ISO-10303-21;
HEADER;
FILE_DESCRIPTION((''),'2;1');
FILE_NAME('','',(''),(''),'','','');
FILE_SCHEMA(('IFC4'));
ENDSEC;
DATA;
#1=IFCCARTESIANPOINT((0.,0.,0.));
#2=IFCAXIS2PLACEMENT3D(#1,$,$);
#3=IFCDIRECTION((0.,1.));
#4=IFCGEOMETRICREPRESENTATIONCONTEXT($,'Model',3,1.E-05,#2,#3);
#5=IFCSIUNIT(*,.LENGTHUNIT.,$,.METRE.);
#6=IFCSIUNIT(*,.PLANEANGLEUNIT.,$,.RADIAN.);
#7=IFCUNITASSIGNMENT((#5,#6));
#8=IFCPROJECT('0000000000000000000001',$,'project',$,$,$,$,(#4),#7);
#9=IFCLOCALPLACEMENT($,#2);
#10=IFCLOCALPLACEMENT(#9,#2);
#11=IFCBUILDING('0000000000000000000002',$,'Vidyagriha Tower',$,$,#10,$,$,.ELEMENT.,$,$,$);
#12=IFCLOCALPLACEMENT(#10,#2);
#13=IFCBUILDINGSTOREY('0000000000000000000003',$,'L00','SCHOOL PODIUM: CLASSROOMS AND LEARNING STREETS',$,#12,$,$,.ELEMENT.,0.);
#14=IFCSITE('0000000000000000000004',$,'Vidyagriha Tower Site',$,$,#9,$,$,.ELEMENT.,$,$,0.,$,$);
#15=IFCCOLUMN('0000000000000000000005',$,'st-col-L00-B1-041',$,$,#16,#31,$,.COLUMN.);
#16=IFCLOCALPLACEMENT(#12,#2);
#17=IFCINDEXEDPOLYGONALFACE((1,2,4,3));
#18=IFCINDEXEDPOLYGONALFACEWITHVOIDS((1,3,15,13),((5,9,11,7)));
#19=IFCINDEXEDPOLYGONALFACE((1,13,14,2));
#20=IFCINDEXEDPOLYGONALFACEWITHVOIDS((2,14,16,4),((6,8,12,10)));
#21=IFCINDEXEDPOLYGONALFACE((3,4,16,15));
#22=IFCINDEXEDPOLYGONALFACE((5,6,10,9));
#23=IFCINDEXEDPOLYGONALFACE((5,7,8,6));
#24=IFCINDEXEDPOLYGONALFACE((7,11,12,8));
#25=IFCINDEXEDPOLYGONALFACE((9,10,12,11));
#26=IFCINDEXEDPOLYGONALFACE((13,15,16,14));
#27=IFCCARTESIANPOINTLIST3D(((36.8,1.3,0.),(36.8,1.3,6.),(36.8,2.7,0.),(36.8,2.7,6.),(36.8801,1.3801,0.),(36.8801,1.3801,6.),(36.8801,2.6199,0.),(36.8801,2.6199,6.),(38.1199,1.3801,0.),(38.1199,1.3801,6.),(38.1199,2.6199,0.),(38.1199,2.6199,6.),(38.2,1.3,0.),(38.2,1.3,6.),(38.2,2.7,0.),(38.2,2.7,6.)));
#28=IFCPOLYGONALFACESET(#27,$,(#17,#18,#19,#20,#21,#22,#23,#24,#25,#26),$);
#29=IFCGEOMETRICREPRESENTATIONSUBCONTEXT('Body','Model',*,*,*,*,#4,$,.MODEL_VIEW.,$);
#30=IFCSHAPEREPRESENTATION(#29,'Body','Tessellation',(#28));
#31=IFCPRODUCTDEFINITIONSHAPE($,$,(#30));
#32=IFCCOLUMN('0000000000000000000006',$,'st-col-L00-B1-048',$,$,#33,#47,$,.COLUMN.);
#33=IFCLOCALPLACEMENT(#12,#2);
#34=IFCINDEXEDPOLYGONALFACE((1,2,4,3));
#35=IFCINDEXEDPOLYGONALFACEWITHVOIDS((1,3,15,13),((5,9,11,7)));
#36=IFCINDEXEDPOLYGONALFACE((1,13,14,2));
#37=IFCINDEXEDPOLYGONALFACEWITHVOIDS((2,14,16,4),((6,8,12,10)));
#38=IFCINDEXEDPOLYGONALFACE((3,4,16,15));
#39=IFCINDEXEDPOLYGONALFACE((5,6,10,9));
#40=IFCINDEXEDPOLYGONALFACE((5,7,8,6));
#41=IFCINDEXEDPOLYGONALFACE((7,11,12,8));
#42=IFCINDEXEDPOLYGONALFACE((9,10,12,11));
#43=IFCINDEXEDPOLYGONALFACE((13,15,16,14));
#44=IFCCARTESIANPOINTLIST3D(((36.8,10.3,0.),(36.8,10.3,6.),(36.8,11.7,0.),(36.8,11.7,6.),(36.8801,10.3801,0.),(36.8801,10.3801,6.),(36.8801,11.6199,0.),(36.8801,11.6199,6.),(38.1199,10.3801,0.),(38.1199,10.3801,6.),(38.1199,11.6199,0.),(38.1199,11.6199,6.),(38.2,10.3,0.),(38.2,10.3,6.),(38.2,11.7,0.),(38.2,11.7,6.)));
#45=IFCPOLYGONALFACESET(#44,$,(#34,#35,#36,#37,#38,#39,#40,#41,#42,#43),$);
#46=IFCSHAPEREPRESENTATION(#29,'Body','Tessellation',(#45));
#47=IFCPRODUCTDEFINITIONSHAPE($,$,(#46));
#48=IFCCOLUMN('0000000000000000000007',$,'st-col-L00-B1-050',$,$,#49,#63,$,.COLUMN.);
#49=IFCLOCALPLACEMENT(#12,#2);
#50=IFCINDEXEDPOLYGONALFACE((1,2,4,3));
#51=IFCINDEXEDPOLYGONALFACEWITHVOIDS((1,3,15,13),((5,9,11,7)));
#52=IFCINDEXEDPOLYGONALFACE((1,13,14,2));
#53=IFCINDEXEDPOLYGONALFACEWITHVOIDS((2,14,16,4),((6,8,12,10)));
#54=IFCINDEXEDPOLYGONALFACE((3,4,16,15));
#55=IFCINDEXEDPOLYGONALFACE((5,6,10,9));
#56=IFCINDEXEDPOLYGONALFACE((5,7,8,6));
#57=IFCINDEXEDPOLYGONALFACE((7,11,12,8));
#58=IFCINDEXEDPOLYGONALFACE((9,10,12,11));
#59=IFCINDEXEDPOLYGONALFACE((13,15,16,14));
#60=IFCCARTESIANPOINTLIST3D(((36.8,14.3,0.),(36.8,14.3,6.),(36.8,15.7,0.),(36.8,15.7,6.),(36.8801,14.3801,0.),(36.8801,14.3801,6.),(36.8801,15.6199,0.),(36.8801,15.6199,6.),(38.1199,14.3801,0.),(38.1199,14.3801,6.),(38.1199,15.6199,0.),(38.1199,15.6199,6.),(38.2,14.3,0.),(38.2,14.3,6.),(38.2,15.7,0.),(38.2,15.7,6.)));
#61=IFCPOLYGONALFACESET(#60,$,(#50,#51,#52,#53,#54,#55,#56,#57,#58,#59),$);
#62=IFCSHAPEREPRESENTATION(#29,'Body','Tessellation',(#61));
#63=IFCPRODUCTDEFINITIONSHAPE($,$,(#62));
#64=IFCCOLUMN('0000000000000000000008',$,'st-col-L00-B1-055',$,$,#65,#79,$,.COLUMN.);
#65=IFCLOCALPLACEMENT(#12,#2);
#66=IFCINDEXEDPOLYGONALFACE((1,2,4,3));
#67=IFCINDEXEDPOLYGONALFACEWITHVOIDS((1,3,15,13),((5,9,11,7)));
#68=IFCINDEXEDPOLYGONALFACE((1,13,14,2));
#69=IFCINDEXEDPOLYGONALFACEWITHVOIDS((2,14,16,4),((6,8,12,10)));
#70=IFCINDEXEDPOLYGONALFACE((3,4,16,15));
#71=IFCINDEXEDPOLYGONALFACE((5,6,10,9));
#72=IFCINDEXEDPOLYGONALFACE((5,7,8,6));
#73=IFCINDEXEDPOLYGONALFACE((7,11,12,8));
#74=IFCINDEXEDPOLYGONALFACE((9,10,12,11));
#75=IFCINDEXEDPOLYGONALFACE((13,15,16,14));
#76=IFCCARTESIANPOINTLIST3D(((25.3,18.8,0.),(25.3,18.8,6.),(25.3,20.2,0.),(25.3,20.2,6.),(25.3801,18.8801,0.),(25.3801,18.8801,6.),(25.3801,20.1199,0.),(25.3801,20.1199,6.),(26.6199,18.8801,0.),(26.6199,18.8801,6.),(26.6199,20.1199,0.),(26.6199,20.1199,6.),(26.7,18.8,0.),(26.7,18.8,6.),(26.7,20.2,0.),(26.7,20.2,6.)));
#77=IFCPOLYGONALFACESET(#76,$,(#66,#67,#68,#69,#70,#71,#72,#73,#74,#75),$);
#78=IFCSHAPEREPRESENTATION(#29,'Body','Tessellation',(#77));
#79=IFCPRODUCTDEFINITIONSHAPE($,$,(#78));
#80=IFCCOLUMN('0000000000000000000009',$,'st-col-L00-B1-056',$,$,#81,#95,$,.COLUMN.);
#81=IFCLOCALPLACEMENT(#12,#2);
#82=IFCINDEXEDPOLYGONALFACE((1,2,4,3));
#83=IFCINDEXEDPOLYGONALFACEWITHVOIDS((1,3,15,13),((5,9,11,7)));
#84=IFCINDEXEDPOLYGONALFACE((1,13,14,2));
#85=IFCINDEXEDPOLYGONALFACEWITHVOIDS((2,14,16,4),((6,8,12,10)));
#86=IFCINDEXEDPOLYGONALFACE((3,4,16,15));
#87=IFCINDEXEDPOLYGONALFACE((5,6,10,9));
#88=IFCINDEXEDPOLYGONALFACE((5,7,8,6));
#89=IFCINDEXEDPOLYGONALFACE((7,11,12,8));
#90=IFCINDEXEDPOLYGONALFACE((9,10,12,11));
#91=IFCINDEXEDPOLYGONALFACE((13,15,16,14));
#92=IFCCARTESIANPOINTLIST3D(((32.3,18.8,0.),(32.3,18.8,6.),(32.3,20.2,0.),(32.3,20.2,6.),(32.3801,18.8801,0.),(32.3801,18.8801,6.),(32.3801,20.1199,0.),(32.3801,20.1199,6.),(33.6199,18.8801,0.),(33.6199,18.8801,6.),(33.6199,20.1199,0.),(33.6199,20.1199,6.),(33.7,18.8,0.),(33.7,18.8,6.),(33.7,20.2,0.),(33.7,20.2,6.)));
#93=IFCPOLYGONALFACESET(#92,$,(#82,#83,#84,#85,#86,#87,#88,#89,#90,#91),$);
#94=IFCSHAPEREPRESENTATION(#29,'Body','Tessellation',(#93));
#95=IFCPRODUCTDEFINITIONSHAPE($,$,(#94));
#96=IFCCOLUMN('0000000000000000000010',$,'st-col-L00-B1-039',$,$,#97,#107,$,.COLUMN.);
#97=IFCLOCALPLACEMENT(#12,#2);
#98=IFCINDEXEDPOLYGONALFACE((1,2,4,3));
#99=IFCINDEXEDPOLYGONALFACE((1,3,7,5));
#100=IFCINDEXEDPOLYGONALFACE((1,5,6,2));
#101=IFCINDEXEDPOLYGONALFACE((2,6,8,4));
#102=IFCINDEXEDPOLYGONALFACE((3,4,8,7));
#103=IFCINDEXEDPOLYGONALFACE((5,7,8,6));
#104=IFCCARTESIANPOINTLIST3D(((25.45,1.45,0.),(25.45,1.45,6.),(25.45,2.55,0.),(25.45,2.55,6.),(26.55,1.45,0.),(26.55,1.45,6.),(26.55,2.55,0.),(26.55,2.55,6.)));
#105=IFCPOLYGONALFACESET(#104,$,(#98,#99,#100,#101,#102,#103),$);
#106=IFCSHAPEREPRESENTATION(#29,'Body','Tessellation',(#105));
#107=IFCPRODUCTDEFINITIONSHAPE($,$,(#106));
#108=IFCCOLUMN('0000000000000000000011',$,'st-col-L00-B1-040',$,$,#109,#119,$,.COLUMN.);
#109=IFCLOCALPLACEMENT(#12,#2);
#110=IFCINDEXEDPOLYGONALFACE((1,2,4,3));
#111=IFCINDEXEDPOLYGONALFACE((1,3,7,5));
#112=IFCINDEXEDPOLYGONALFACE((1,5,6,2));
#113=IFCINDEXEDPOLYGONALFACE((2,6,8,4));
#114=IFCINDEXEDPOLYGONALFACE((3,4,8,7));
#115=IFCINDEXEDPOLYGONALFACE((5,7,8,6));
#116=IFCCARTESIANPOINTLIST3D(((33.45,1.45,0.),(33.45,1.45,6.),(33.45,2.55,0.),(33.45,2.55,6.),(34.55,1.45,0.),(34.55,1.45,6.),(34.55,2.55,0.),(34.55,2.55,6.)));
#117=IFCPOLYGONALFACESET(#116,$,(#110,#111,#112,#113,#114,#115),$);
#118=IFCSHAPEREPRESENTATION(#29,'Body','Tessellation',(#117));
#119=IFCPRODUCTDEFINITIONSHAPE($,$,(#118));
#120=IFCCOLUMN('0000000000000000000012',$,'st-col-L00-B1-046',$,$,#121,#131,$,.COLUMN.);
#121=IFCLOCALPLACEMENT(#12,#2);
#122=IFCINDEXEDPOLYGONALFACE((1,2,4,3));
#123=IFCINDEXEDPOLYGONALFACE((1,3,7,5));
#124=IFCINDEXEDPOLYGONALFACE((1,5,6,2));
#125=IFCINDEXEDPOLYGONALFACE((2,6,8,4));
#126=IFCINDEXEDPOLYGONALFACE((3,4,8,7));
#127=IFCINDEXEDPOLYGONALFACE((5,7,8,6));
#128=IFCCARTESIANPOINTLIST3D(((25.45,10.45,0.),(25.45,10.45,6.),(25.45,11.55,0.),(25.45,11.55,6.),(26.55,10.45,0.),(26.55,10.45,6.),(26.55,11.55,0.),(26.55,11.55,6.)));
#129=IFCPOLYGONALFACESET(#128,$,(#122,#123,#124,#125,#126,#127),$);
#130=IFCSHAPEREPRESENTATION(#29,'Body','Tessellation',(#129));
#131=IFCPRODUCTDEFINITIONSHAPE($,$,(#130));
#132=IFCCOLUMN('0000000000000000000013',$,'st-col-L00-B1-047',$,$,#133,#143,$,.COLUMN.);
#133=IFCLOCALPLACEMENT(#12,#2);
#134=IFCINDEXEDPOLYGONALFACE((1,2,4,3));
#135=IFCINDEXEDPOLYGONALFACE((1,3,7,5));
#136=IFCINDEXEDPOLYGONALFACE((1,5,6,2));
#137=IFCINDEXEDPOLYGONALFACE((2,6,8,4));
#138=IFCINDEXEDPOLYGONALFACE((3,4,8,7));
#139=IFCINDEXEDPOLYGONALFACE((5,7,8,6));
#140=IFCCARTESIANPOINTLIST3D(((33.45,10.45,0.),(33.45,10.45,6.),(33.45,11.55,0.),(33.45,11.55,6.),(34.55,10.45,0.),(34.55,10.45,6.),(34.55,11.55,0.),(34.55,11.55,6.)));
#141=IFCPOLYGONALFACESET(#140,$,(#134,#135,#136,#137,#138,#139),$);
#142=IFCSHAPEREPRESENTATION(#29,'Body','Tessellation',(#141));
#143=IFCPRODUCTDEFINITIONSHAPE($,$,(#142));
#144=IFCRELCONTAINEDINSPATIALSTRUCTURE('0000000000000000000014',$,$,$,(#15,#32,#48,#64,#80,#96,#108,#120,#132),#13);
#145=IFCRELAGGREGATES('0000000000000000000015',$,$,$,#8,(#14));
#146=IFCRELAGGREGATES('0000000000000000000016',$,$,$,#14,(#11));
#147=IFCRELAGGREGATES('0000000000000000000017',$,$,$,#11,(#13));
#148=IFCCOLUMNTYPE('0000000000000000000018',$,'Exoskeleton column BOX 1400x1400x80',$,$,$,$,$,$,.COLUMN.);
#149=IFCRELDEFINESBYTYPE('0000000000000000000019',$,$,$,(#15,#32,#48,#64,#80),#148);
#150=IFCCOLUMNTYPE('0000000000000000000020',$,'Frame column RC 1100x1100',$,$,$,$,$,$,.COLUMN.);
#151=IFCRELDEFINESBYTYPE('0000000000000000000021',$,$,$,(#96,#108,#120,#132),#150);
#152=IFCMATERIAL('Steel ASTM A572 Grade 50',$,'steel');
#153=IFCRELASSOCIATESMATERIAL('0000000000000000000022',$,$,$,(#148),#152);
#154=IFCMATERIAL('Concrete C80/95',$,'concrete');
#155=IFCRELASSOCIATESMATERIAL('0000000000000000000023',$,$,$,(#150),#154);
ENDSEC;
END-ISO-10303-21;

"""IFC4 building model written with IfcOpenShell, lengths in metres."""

from ifc_helpers import new_model, si_unit, direction, frame, origin, origin_2d, place, context, subcontext, project, spatial, rectangle, hollow_rectangle, extrude, material, material_profile, profile_set, type_object, element, save


model = new_model("IFC4")

# Units and contexts
model_context = context("Model", 3, precision=1e-05, world=origin(), true_north=direction((0.0, 1.0)))
body_context = subcontext(model_context, "Body", "Model", "MODEL_VIEW")
ifc_project = project(units=[si_unit("LENGTHUNIT", "METRE"), si_unit("PLANEANGLEUNIT", "RADIAN")], contexts=[model_context])

# Site, building, storey
site_placement = place(None, origin())
site = spatial("IfcSite", under=ifc_project, at=site_placement, Name="Vidyagriha Tower Site", CompositionType="ELEMENT", RefElevation=0.0)
building_placement = place(site_placement, origin())
building = spatial("IfcBuilding", under=site, at=building_placement, Name="Vidyagriha Tower", CompositionType="ELEMENT")
storey_placement = place(building_placement, origin())
storey = spatial("IfcBuildingStorey", under=building, at=storey_placement, Name="L00", Description="SCHOOL PODIUM: CLASSROOMS AND LEARNING STREETS", CompositionType="ELEMENT", Elevation=0.0)

# Columns
ifc_material_1 = material(Name="Steel ASTM A572 Grade 50", Category="steel")
ifc_material_profile_1 = material_profile(ifc_material_1, hollow_rectangle(XDim=1.3999, YDim=1.3999, WallThickness=0.0801, at=origin_2d()), Name="BOX 1400x1400x80")
ifc_profile_set_1 = profile_set([ifc_material_profile_1], Name="Steel ASTM A572 Grade 50")
column_type_1 = type_object("IfcColumnType", Name="Exoskeleton column BOX 1400x1400x80", PredefinedType="COLUMN", material=ifc_profile_set_1)
for number, where, name in (
    (1, (37.5, 2.0, 0.0), "st-col-L00-B1-041"),
    (2, (37.5, 11.0, 0.0), "st-col-L00-B1-048"),
    (3, (37.5, 15.0, 0.0), "st-col-L00-B1-050"),
    (4, (26.0, 19.5, 0.0), "st-col-L00-B1-055"),
    (5, (33.0, 19.5, 0.0), "st-col-L00-B1-056"),
):
    element("IfcColumn", number, at=place(storey_placement, frame(where)), inside=storey, type_object=column_type_1, Name=name, PredefinedType="COLUMN", context=body_context, shape_type="SweptSolid", body=[
        extrude(hollow_rectangle(XDim=1.3999, YDim=1.3999, WallThickness=0.0801, at=origin_2d()), origin(), (0.0, 0.0, 1.0), 6.0),
    ])
ifc_material_2 = material(Name="Concrete C80/95", Category="concrete")
ifc_material_profile_2 = material_profile(ifc_material_2, rectangle(XDim=1.1001, YDim=1.1001, at=origin_2d()), Name="RC 1100x1100")
ifc_profile_set_2 = profile_set([ifc_material_profile_2], Name="Concrete C80/95")
column_type_2 = type_object("IfcColumnType", Name="Frame column RC 1100x1100", PredefinedType="COLUMN", material=ifc_profile_set_2)
for number, where, name in (
    (6, (26.0, 2.0, 0.0), "st-col-L00-B1-039"),
    (7, (34.0, 2.0, 0.0), "st-col-L00-B1-040"),
    (8, (26.0, 11.0, 0.0), "st-col-L00-B1-046"),
    (9, (34.0, 11.0, 0.0), "st-col-L00-B1-047"),
):
    element("IfcColumn", number, at=place(storey_placement, frame(where)), inside=storey, type_object=column_type_2, Name=name, PredefinedType="COLUMN", context=body_context, shape_type="SweptSolid", body=[
        extrude(rectangle(XDim=1.1001, YDim=1.1001, at=origin_2d()), origin(), (0.0, 0.0, 1.0), 6.0),
    ])

save(model, "model.ifc")
